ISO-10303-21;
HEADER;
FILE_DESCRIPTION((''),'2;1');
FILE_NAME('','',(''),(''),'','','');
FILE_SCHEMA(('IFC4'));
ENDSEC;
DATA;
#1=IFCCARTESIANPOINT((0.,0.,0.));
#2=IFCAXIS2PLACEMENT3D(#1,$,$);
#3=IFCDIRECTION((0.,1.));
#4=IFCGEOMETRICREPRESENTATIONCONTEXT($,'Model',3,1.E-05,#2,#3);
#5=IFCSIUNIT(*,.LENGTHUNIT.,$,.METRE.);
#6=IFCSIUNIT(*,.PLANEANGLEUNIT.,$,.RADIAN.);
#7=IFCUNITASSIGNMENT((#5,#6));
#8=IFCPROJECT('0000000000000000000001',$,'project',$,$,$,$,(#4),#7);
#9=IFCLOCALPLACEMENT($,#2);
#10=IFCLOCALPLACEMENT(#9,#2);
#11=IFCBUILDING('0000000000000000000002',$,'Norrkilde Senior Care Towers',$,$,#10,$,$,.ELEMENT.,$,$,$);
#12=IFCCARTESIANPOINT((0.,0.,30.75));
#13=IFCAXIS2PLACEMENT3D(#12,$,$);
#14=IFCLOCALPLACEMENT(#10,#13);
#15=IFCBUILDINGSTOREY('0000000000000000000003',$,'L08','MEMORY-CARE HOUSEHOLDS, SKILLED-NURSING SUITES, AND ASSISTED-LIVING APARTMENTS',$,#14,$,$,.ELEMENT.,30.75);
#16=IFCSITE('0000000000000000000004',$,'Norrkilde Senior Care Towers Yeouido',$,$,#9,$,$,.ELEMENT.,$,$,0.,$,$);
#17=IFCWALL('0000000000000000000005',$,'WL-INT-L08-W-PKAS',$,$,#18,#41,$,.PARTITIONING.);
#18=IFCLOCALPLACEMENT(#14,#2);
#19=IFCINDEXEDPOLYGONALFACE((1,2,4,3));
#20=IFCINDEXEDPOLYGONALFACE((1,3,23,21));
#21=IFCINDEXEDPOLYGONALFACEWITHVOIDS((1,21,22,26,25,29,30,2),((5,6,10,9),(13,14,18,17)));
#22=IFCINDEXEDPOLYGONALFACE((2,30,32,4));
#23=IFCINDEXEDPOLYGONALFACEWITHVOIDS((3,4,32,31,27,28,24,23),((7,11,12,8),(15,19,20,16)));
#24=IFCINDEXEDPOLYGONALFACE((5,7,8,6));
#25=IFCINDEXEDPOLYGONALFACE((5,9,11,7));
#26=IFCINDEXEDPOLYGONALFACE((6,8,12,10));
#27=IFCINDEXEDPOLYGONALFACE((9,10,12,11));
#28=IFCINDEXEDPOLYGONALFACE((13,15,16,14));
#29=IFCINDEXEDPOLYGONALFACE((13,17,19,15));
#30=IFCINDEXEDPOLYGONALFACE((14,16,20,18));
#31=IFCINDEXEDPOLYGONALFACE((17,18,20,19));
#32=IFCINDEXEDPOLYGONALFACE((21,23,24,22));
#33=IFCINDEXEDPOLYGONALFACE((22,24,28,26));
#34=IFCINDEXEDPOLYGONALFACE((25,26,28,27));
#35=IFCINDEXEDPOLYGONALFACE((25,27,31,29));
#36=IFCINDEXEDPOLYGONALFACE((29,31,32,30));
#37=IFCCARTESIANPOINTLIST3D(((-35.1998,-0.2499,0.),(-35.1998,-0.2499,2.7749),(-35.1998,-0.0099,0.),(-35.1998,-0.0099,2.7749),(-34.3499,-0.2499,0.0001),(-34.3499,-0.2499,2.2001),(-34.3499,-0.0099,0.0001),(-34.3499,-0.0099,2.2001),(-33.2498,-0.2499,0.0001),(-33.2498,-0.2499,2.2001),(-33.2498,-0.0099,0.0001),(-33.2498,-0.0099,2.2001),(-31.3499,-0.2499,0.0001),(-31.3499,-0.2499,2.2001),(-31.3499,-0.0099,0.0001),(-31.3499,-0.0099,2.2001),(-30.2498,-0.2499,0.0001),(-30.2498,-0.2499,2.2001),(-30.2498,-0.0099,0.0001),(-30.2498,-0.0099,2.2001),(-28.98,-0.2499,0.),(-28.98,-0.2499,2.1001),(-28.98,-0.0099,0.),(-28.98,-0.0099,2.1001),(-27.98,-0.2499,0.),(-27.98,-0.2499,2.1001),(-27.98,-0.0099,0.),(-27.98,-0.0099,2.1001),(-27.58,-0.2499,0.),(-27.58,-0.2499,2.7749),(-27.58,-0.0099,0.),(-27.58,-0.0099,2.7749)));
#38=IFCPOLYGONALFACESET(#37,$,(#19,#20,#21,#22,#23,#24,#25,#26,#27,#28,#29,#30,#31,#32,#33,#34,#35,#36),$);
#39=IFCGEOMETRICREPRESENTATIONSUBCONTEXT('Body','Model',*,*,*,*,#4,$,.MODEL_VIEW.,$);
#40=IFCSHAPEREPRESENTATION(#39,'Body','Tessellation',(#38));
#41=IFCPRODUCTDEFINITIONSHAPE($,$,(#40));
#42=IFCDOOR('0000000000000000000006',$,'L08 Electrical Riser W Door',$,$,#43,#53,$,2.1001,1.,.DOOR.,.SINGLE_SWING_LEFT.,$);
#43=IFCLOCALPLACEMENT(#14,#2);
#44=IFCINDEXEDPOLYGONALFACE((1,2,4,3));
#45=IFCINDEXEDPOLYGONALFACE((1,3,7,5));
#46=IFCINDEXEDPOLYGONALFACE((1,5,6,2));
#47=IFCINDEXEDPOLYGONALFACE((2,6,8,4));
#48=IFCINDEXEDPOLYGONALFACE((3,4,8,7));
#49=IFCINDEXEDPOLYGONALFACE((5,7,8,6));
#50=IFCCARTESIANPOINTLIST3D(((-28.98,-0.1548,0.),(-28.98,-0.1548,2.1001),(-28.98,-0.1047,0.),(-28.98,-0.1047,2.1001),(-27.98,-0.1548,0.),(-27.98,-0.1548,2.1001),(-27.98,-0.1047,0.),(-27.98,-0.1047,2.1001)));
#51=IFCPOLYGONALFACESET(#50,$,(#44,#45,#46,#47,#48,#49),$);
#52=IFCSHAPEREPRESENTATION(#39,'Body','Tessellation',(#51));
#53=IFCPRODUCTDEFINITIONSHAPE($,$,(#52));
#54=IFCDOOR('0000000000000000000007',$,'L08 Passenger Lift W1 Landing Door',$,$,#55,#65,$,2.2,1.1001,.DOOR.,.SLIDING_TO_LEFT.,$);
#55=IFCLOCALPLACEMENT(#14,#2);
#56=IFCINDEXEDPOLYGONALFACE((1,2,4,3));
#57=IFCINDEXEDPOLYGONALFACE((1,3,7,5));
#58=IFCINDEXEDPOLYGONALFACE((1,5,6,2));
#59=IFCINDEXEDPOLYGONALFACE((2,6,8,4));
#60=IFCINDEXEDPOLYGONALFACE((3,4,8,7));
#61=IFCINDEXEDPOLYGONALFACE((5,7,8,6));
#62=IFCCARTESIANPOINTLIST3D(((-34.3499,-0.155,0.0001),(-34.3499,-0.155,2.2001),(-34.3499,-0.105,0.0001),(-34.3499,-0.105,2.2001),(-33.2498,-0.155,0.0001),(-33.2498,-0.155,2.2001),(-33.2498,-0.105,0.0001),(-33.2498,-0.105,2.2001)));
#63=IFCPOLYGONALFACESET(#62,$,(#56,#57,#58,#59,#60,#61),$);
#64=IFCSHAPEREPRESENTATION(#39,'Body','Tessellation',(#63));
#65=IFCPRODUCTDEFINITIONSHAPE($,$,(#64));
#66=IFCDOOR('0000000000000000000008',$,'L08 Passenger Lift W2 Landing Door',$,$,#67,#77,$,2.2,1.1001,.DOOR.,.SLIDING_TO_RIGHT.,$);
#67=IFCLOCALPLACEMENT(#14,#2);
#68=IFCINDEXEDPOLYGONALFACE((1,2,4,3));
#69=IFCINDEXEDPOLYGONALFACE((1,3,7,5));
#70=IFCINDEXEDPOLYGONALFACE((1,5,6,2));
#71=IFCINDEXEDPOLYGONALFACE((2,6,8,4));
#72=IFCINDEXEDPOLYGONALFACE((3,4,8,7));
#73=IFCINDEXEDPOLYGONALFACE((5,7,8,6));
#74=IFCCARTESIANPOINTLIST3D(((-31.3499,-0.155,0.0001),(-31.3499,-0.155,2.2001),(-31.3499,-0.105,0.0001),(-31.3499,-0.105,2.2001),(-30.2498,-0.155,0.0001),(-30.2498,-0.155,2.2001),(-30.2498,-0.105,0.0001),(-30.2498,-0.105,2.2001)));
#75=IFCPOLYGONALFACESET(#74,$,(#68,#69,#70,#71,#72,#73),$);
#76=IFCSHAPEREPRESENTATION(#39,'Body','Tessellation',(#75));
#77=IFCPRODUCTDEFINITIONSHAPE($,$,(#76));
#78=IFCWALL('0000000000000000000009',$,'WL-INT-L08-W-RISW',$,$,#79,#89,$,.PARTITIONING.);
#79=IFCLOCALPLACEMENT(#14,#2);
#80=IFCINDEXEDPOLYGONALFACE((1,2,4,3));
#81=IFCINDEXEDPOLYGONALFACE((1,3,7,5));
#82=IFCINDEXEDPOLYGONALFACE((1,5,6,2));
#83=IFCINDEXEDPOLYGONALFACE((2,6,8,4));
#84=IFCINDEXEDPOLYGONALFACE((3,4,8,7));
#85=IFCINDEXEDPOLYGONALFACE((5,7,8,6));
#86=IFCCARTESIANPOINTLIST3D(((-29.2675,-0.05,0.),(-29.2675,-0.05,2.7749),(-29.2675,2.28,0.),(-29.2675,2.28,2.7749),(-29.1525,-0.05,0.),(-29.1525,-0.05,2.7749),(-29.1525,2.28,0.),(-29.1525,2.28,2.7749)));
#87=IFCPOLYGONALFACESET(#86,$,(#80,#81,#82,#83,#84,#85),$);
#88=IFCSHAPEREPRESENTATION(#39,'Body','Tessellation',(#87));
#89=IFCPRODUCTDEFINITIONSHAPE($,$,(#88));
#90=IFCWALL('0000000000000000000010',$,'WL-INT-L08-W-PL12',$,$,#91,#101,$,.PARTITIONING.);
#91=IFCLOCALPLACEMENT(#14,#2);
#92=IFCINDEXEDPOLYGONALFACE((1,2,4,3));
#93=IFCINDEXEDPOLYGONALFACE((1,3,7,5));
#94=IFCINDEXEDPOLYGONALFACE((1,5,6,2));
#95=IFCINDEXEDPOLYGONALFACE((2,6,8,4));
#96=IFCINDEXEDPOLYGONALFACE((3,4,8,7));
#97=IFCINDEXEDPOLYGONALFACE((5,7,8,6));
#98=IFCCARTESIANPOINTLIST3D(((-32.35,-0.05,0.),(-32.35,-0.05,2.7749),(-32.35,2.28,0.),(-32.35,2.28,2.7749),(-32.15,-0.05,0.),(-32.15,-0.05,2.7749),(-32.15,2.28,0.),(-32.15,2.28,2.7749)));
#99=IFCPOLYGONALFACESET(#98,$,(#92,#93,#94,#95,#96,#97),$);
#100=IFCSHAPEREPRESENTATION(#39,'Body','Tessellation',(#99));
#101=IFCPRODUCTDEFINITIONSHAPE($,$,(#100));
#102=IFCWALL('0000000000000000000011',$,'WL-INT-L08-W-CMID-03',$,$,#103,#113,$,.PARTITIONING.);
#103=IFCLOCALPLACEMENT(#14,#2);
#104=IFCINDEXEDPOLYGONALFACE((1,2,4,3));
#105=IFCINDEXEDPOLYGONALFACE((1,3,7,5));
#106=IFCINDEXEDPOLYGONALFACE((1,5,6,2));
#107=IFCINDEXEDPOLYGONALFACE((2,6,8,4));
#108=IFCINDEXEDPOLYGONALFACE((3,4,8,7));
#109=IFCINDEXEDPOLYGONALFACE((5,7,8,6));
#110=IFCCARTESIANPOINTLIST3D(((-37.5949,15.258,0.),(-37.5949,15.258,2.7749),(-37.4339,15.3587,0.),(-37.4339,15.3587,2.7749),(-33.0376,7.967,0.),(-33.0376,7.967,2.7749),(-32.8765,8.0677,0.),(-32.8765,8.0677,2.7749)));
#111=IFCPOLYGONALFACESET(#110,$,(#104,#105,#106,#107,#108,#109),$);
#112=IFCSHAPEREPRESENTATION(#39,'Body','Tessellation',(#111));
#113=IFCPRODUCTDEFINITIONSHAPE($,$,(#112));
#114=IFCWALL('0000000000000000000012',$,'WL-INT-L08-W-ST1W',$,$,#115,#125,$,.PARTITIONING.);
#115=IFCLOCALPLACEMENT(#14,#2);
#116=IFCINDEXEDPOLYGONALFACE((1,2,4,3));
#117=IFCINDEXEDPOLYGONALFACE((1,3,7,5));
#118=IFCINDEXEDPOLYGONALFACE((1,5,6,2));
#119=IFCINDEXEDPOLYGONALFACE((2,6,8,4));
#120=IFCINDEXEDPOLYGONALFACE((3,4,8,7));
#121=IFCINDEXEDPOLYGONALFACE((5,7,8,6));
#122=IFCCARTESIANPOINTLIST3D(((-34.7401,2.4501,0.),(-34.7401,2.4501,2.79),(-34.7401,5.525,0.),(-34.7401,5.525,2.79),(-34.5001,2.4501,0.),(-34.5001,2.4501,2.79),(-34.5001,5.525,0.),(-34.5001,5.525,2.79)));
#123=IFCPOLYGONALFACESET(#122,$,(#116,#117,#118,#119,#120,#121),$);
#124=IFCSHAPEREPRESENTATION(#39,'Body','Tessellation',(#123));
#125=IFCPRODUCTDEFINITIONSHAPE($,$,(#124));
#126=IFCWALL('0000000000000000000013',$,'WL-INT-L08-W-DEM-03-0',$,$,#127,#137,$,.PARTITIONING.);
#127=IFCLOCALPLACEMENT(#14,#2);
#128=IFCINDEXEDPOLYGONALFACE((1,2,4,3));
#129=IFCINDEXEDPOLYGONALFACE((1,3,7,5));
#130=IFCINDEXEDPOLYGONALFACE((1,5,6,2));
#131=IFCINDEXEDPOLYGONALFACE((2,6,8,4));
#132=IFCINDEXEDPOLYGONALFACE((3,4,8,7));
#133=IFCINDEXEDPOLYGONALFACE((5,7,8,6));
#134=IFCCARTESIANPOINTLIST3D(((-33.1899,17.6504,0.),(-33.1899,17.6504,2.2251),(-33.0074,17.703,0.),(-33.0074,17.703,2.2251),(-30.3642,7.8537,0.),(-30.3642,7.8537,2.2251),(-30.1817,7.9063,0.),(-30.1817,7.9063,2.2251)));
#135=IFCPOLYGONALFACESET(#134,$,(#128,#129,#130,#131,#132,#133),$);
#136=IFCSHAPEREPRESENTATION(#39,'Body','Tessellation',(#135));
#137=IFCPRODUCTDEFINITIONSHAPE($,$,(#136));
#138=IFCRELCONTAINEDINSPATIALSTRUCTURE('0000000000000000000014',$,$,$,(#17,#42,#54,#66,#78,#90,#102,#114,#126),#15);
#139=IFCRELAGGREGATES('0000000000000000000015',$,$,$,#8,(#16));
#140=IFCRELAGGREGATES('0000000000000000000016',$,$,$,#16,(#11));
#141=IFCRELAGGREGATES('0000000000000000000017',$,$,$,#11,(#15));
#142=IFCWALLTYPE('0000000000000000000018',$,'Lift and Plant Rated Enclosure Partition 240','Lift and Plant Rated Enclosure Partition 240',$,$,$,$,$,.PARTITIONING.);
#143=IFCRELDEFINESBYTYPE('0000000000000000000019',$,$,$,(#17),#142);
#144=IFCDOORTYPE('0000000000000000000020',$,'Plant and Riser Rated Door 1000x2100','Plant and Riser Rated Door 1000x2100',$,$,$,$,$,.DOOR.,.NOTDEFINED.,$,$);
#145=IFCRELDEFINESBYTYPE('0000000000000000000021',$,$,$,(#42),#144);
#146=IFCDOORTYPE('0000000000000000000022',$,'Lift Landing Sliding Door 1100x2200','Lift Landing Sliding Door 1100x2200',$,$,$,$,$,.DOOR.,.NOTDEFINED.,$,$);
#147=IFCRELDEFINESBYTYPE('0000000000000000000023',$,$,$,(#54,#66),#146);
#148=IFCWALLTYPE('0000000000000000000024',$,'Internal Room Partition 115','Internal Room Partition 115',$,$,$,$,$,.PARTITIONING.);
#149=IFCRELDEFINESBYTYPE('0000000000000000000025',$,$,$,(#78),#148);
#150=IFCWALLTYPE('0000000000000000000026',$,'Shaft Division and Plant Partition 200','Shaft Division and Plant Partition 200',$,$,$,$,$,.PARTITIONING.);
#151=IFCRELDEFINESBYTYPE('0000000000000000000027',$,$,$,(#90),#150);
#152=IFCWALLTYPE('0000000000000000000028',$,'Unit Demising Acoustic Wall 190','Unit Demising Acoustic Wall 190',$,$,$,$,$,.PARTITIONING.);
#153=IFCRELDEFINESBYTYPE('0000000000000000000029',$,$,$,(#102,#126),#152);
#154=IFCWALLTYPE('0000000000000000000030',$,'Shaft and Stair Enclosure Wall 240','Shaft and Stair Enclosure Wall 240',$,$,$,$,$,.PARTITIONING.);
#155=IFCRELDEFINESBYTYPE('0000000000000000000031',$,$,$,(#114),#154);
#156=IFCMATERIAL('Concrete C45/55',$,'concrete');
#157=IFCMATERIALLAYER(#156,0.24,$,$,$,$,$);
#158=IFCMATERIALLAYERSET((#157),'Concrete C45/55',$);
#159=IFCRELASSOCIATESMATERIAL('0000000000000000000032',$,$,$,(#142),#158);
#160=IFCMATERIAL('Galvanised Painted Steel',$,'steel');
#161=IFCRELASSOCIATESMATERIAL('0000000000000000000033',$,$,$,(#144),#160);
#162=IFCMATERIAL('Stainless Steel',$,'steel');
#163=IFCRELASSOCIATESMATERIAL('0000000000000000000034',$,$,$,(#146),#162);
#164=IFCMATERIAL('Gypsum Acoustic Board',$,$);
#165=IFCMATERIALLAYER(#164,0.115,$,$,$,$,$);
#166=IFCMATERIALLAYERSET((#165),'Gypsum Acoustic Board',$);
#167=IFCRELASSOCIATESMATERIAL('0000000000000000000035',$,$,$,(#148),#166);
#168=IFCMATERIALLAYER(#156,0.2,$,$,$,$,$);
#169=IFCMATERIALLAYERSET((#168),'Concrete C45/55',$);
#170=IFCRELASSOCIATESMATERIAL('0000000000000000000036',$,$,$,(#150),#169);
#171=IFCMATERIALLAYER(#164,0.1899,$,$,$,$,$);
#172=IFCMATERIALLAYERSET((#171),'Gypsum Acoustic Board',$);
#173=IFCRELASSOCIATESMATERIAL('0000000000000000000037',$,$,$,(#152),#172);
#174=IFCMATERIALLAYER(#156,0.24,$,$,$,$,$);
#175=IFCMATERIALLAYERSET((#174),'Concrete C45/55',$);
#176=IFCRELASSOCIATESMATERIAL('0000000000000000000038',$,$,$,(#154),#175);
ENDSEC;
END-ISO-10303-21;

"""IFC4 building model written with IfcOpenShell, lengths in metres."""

from ifc_helpers import new_model, si_unit, direction, frame, frame_2d, origin, place, context, subcontext, project, spatial, rectangle, extrude, source, transform, mapped, material, layer, layer_set, type_object, type_shapes, element, fill, save


model = new_model("IFC4")

# Units and contexts
model_context = context("Model", 3, precision=1e-05, world=origin(), true_north=direction((0.0, 1.0)))
body_context = subcontext(model_context, "Body", "Model", "MODEL_VIEW")
ifc_project = project(units=[si_unit("LENGTHUNIT", "METRE"), si_unit("PLANEANGLEUNIT", "RADIAN")], contexts=[model_context])

# Site, building, storey
site_placement = place(None, origin())
site = spatial("IfcSite", under=ifc_project, at=site_placement, Name="Norrkilde Senior Care Towers Yeouido", CompositionType="ELEMENT", RefElevation=0.0)
building_placement = place(site_placement, origin())
building = spatial("IfcBuilding", under=site, at=building_placement, Name="Norrkilde Senior Care Towers", CompositionType="ELEMENT")
storey_placement = place(building_placement, frame((0.0, 0.0, 30.75)))
storey = spatial("IfcBuildingStorey", under=building, at=storey_placement, Name="L08", Description="MEMORY-CARE HOUSEHOLDS, SKILLED-NURSING SUITES, AND ASSISTED-LIVING APARTMENTS", CompositionType="ELEMENT", Elevation=30.75)

# Wall, openings, doors
ifc_material_1 = material(Name="Concrete C45/55", Category="concrete")
ifc_layer_1 = layer(ifc_material_1, 0.24)
ifc_layer_set_1 = layer_set([ifc_layer_1], Name="Concrete C45/55")
wall_type_1 = type_object("IfcWallType", Name="Lift and Plant Rated Enclosure Partition 240", Description="Lift and Plant Rated Enclosure Partition 240", PredefinedType="PARTITIONING", material=ifc_layer_set_1)
shared_shape_1 = source(origin(), body_context, "Body", "SweptSolid", [
    extrude(rectangle(XDim=7.6199, YDim=0.24, at=frame_2d((3.8101, 0.0))), origin(), (0.0, 0.0, 1.0), 2.7749),
])
type_shapes(wall_type_1, [shared_shape_1])
wall_1_placement = place(storey_placement, frame((-35.2, -0.1299, 0.0), z_axis=(0.0, 0.0, 1.0), x_axis=(1.0, 0.0, 0.0)))
wall_1 = element("IfcWall", 1, at=wall_1_placement, inside=storey, type_object=wall_type_1, Name="WL-INT-L08-W-PKAS", PredefinedType="PARTITIONING", context=body_context, shape_type="MappedRepresentation", body=[
    mapped(shared_shape_1, transform((0.0, 0.0, 0.0), x_axis=(1.0, 0.0, 0.0), y_axis=(0.0, 1.0, 0.0), z_axis=(0.0, 0.0, 1.0), scale=1.0)),
])
opening_1_placement = place(wall_1_placement, frame((6.22, 0.0, 0.0)))
opening_1 = element("IfcOpeningElement", 2, at=opening_1_placement, cuts=wall_1, PredefinedType="OPENING", context=body_context, shape_type="SweptSolid", body=[
    extrude(rectangle(XDim=1.0, YDim=2.1001, at=frame_2d((0.5, 1.05))), frame((0.0, 0.1299, 0.0), z_axis=(0.0, -1.0, 0.0), x_axis=(1.0, 0.0, 0.0)), (0.0, 0.0, 1.0), 0.26),
])
opening_2_placement = place(wall_1_placement, frame((0.8501, 0.0, 0.0)))
opening_2 = element("IfcOpeningElement", 3, at=opening_2_placement, cuts=wall_1, PredefinedType="OPENING", context=body_context, shape_type="SweptSolid", body=[
    extrude(rectangle(XDim=1.1001, YDim=2.2, at=frame_2d((0.55, 1.1001))), frame((0.0, 0.1299, 0.0), z_axis=(0.0, -1.0, 0.0), x_axis=(1.0, 0.0, 0.0)), (0.0, 0.0, 1.0), 0.26),
])
opening_3_placement = place(wall_1_placement, frame((3.8501, 0.0, 0.0)))
opening_3 = element("IfcOpeningElement", 4, at=opening_3_placement, cuts=wall_1, PredefinedType="OPENING", context=body_context, shape_type="SweptSolid", body=[
    extrude(rectangle(XDim=1.1001, YDim=2.2, at=frame_2d((0.55, 1.1001))), frame((0.0, 0.1299, 0.0), z_axis=(0.0, -1.0, 0.0), x_axis=(1.0, 0.0, 0.0)), (0.0, 0.0, 1.0), 0.26),
])
ifc_material_2 = material(Name="Galvanised Painted Steel", Category="steel")
door_type_1 = type_object("IfcDoorType", Name="Plant and Riser Rated Door 1000x2100", Description="Plant and Riser Rated Door 1000x2100", OperationType="NOTDEFINED", PredefinedType="DOOR", material=ifc_material_2)
shared_shape_2 = source(origin(), body_context, "Body", "SweptSolid", [
    extrude(rectangle(XDim=1.0, YDim=2.1001, at=frame_2d((0.5, 1.05))), frame((0.0, 0.0249, 0.0), z_axis=(0.0, -1.0, 0.0), x_axis=(1.0, 0.0, 0.0)), (0.0, 0.0, 1.0), 0.05),
])
type_shapes(door_type_1, [shared_shape_2])
door_1_placement = place(opening_1_placement, frame((1.0, 0.0, 0.0), z_axis=(0.0, 0.0, 1.0), x_axis=(-1.0, 0.0, 0.0)))
door_1 = element("IfcDoor", 5, at=door_1_placement, inside=storey, type_object=door_type_1, Name="L08 Electrical Riser W Door", OperationType="SINGLE_SWING_LEFT", OverallHeight=2.1001, OverallWidth=1.0, PredefinedType="DOOR", context=body_context, shape_type="MappedRepresentation", body=[
    mapped(shared_shape_2, transform((0.0, 0.0, 0.0), x_axis=(1.0, 0.0, 0.0), y_axis=(0.0, 1.0, 0.0), z_axis=(0.0, 0.0, 1.0), scale=1.0)),
])
fill(opening_1, door_1)
ifc_material_3 = material(Name="Stainless Steel", Category="steel")
door_type_2 = type_object("IfcDoorType", Name="Lift Landing Sliding Door 1100x2200", Description="Lift Landing Sliding Door 1100x2200", OperationType="NOTDEFINED", PredefinedType="DOOR", material=ifc_material_3)
shared_shape_3 = source(origin(), body_context, "Body", "SweptSolid", [
    extrude(rectangle(XDim=1.1001, YDim=2.2, at=frame_2d((0.55, 1.1001))), frame((0.0, 0.0249, 0.0), z_axis=(0.0, -1.0, 0.0), x_axis=(1.0, 0.0, 0.0)), (0.0, 0.0, 1.0), 0.05),
])
type_shapes(door_type_2, [shared_shape_3])
door_2_placement = place(opening_2_placement, origin())
door_2 = element("IfcDoor", 6, at=door_2_placement, inside=storey, type_object=door_type_2, Name="L08 Passenger Lift W1 Landing Door", OperationType="SLIDING_TO_LEFT", OverallHeight=2.2, OverallWidth=1.1001, PredefinedType="DOOR", context=body_context, shape_type="MappedRepresentation", body=[
    mapped(shared_shape_3, transform((0.0, 0.0, 0.0), x_axis=(1.0, 0.0, 0.0), y_axis=(0.0, 1.0, 0.0), z_axis=(0.0, 0.0, 1.0), scale=1.0)),
])
fill(opening_2, door_2)
door_3_placement = place(opening_3_placement, origin())
door_3 = element("IfcDoor", 7, at=door_3_placement, inside=storey, type_object=door_type_2, Name="L08 Passenger Lift W2 Landing Door", OperationType="SLIDING_TO_RIGHT", OverallHeight=2.2, OverallWidth=1.1001, PredefinedType="DOOR", context=body_context, shape_type="MappedRepresentation", body=[
    mapped(shared_shape_3, transform((0.0, 0.0, 0.0), x_axis=(1.0, 0.0, 0.0), y_axis=(0.0, 1.0, 0.0), z_axis=(0.0, 0.0, 1.0), scale=1.0)),
])
fill(opening_3, door_3)

# Walls
ifc_material_4 = material(Name="Gypsum Acoustic Board")
ifc_layer_2 = layer(ifc_material_4, 0.115)
ifc_layer_set_2 = layer_set([ifc_layer_2], Name="Gypsum Acoustic Board")
wall_type_2 = type_object("IfcWallType", Name="Internal Room Partition 115", Description="Internal Room Partition 115", PredefinedType="PARTITIONING", material=ifc_layer_set_2)
shared_shape_4 = source(origin(), body_context, "Body", "SweptSolid", [
    extrude(rectangle(XDim=2.3301, YDim=0.115, at=frame_2d((1.165, 0.0))), origin(), (0.0, 0.0, 1.0), 2.7749),
])
type_shapes(wall_type_2, [shared_shape_4])
wall_2_placement = place(storey_placement, frame((-29.21, -0.05, 0.0), z_axis=(0.0, 0.0, 1.0), x_axis=(0.0, 1.0, 0.0)))
element("IfcWall", 8, at=wall_2_placement, inside=storey, type_object=wall_type_2, Name="WL-INT-L08-W-RISW", PredefinedType="PARTITIONING", context=body_context, shape_type="MappedRepresentation", body=[
    mapped(shared_shape_4, transform((0.0, 0.0, 0.0), x_axis=(1.0, 0.0, 0.0), y_axis=(0.0, 1.0, 0.0), z_axis=(0.0, 0.0, 1.0), scale=1.0)),
])
ifc_layer_3 = layer(ifc_material_1, 0.2)
ifc_layer_set_3 = layer_set([ifc_layer_3], Name="Concrete C45/55")
wall_type_3 = type_object("IfcWallType", Name="Shaft Division and Plant Partition 200", Description="Shaft Division and Plant Partition 200", PredefinedType="PARTITIONING", material=ifc_layer_set_3)
shared_shape_5 = source(origin(), body_context, "Body", "SweptSolid", [
    extrude(rectangle(XDim=2.3301, YDim=0.2, at=frame_2d((1.165, 0.0))), origin(), (0.0, 0.0, 1.0), 2.7749),
])
type_shapes(wall_type_3, [shared_shape_5])
wall_3_placement = place(storey_placement, frame((-32.25, -0.05, 0.0), z_axis=(0.0, 0.0, 1.0), x_axis=(0.0, 1.0, 0.0)))
element("IfcWall", 9, at=wall_3_placement, inside=storey, type_object=wall_type_3, Name="WL-INT-L08-W-PL12", PredefinedType="PARTITIONING", context=body_context, shape_type="MappedRepresentation", body=[
    mapped(shared_shape_5, transform((0.0, 0.0, 0.0), x_axis=(1.0, 0.0, 0.0), y_axis=(0.0, 1.0, 0.0), z_axis=(0.0, 0.0, 1.0), scale=1.0)),
])
ifc_layer_4 = layer(ifc_material_4, 0.1899)
ifc_layer_set_4 = layer_set([ifc_layer_4], Name="Gypsum Acoustic Board")
wall_type_4 = type_object("IfcWallType", Name="Unit Demising Acoustic Wall 190", Description="Unit Demising Acoustic Wall 190", PredefinedType="PARTITIONING", material=ifc_layer_set_4)
shared_shape_6 = source(origin(), body_context, "Body", "SweptSolid", [
    extrude(rectangle(XDim=8.5981, YDim=0.1899, at=frame_2d((4.2991, 0.0))), origin(), (0.0, 0.0, 1.0), 2.7749),
])
wall_4_placement = place(storey_placement, frame((-32.957, 8.0173, 0.0), z_axis=(0.0, 0.0, 1.0), x_axis=(-0.53004, 0.847973, 0.0)))
element("IfcWall", 10, at=wall_4_placement, inside=storey, type_object=wall_type_4, Name="WL-INT-L08-W-CMID-03", PredefinedType="PARTITIONING", context=body_context, shape_type="MappedRepresentation", body=[
    mapped(shared_shape_6, transform((0.0, 0.0, 0.0), x_axis=(1.0, 0.0, 0.0), y_axis=(0.0, 1.0, 0.0), z_axis=(0.0, 0.0, 1.0), scale=1.0)),
])
ifc_layer_5 = layer(ifc_material_1, 0.24)
ifc_layer_set_5 = layer_set([ifc_layer_5], Name="Concrete C45/55")
wall_type_5 = type_object("IfcWallType", Name="Shaft and Stair Enclosure Wall 240", Description="Shaft and Stair Enclosure Wall 240", PredefinedType="PARTITIONING", material=ifc_layer_set_5)
shared_shape_7 = source(origin(), body_context, "Body", "SweptSolid", [
    extrude(rectangle(XDim=3.075, YDim=0.24, at=frame_2d((1.5376, 0.0))), origin(), (0.0, 0.0, 1.0), 2.79),
])
type_shapes(wall_type_5, [shared_shape_7])
wall_5_placement = place(storey_placement, frame((-34.6201, 2.45, 0.0), z_axis=(0.0, 0.0, 1.0), x_axis=(0.0, 1.0, 0.0)))
element("IfcWall", 11, at=wall_5_placement, inside=storey, type_object=wall_type_5, Name="WL-INT-L08-W-ST1W", PredefinedType="PARTITIONING", context=body_context, shape_type="MappedRepresentation", body=[
    mapped(shared_shape_7, transform((0.0, 0.0, 0.0), x_axis=(1.0, 0.0, 0.0), y_axis=(0.0, 1.0, 0.0), z_axis=(0.0, 0.0, 1.0), scale=1.0)),
])
shared_shape_8 = source(origin(), body_context, "Body", "SweptSolid", [
    extrude(rectangle(XDim=10.196, YDim=0.1899, at=frame_2d((5.0981, 0.0))), origin(), (0.0, 0.0, 1.0), 2.2251),
])
type_shapes(wall_type_4, [shared_shape_6, shared_shape_8])
wall_6_placement = place(storey_placement, frame((-30.2729, 7.8799, 0.0), z_axis=(0.0, 0.0, 1.0), x_axis=(-0.277136, 0.960831, 0.0)))
element("IfcWall", 12, at=wall_6_placement, inside=storey, type_object=wall_type_4, Name="WL-INT-L08-W-DEM-03-0", PredefinedType="PARTITIONING", context=body_context, shape_type="MappedRepresentation", body=[
    mapped(shared_shape_8, transform((0.0, 0.0, 0.0), x_axis=(1.0, 0.0, 0.0), y_axis=(0.0, 1.0, 0.0), z_axis=(0.0, 0.0, 1.0), scale=1.0)),
])

save(model, "model.ifc")
